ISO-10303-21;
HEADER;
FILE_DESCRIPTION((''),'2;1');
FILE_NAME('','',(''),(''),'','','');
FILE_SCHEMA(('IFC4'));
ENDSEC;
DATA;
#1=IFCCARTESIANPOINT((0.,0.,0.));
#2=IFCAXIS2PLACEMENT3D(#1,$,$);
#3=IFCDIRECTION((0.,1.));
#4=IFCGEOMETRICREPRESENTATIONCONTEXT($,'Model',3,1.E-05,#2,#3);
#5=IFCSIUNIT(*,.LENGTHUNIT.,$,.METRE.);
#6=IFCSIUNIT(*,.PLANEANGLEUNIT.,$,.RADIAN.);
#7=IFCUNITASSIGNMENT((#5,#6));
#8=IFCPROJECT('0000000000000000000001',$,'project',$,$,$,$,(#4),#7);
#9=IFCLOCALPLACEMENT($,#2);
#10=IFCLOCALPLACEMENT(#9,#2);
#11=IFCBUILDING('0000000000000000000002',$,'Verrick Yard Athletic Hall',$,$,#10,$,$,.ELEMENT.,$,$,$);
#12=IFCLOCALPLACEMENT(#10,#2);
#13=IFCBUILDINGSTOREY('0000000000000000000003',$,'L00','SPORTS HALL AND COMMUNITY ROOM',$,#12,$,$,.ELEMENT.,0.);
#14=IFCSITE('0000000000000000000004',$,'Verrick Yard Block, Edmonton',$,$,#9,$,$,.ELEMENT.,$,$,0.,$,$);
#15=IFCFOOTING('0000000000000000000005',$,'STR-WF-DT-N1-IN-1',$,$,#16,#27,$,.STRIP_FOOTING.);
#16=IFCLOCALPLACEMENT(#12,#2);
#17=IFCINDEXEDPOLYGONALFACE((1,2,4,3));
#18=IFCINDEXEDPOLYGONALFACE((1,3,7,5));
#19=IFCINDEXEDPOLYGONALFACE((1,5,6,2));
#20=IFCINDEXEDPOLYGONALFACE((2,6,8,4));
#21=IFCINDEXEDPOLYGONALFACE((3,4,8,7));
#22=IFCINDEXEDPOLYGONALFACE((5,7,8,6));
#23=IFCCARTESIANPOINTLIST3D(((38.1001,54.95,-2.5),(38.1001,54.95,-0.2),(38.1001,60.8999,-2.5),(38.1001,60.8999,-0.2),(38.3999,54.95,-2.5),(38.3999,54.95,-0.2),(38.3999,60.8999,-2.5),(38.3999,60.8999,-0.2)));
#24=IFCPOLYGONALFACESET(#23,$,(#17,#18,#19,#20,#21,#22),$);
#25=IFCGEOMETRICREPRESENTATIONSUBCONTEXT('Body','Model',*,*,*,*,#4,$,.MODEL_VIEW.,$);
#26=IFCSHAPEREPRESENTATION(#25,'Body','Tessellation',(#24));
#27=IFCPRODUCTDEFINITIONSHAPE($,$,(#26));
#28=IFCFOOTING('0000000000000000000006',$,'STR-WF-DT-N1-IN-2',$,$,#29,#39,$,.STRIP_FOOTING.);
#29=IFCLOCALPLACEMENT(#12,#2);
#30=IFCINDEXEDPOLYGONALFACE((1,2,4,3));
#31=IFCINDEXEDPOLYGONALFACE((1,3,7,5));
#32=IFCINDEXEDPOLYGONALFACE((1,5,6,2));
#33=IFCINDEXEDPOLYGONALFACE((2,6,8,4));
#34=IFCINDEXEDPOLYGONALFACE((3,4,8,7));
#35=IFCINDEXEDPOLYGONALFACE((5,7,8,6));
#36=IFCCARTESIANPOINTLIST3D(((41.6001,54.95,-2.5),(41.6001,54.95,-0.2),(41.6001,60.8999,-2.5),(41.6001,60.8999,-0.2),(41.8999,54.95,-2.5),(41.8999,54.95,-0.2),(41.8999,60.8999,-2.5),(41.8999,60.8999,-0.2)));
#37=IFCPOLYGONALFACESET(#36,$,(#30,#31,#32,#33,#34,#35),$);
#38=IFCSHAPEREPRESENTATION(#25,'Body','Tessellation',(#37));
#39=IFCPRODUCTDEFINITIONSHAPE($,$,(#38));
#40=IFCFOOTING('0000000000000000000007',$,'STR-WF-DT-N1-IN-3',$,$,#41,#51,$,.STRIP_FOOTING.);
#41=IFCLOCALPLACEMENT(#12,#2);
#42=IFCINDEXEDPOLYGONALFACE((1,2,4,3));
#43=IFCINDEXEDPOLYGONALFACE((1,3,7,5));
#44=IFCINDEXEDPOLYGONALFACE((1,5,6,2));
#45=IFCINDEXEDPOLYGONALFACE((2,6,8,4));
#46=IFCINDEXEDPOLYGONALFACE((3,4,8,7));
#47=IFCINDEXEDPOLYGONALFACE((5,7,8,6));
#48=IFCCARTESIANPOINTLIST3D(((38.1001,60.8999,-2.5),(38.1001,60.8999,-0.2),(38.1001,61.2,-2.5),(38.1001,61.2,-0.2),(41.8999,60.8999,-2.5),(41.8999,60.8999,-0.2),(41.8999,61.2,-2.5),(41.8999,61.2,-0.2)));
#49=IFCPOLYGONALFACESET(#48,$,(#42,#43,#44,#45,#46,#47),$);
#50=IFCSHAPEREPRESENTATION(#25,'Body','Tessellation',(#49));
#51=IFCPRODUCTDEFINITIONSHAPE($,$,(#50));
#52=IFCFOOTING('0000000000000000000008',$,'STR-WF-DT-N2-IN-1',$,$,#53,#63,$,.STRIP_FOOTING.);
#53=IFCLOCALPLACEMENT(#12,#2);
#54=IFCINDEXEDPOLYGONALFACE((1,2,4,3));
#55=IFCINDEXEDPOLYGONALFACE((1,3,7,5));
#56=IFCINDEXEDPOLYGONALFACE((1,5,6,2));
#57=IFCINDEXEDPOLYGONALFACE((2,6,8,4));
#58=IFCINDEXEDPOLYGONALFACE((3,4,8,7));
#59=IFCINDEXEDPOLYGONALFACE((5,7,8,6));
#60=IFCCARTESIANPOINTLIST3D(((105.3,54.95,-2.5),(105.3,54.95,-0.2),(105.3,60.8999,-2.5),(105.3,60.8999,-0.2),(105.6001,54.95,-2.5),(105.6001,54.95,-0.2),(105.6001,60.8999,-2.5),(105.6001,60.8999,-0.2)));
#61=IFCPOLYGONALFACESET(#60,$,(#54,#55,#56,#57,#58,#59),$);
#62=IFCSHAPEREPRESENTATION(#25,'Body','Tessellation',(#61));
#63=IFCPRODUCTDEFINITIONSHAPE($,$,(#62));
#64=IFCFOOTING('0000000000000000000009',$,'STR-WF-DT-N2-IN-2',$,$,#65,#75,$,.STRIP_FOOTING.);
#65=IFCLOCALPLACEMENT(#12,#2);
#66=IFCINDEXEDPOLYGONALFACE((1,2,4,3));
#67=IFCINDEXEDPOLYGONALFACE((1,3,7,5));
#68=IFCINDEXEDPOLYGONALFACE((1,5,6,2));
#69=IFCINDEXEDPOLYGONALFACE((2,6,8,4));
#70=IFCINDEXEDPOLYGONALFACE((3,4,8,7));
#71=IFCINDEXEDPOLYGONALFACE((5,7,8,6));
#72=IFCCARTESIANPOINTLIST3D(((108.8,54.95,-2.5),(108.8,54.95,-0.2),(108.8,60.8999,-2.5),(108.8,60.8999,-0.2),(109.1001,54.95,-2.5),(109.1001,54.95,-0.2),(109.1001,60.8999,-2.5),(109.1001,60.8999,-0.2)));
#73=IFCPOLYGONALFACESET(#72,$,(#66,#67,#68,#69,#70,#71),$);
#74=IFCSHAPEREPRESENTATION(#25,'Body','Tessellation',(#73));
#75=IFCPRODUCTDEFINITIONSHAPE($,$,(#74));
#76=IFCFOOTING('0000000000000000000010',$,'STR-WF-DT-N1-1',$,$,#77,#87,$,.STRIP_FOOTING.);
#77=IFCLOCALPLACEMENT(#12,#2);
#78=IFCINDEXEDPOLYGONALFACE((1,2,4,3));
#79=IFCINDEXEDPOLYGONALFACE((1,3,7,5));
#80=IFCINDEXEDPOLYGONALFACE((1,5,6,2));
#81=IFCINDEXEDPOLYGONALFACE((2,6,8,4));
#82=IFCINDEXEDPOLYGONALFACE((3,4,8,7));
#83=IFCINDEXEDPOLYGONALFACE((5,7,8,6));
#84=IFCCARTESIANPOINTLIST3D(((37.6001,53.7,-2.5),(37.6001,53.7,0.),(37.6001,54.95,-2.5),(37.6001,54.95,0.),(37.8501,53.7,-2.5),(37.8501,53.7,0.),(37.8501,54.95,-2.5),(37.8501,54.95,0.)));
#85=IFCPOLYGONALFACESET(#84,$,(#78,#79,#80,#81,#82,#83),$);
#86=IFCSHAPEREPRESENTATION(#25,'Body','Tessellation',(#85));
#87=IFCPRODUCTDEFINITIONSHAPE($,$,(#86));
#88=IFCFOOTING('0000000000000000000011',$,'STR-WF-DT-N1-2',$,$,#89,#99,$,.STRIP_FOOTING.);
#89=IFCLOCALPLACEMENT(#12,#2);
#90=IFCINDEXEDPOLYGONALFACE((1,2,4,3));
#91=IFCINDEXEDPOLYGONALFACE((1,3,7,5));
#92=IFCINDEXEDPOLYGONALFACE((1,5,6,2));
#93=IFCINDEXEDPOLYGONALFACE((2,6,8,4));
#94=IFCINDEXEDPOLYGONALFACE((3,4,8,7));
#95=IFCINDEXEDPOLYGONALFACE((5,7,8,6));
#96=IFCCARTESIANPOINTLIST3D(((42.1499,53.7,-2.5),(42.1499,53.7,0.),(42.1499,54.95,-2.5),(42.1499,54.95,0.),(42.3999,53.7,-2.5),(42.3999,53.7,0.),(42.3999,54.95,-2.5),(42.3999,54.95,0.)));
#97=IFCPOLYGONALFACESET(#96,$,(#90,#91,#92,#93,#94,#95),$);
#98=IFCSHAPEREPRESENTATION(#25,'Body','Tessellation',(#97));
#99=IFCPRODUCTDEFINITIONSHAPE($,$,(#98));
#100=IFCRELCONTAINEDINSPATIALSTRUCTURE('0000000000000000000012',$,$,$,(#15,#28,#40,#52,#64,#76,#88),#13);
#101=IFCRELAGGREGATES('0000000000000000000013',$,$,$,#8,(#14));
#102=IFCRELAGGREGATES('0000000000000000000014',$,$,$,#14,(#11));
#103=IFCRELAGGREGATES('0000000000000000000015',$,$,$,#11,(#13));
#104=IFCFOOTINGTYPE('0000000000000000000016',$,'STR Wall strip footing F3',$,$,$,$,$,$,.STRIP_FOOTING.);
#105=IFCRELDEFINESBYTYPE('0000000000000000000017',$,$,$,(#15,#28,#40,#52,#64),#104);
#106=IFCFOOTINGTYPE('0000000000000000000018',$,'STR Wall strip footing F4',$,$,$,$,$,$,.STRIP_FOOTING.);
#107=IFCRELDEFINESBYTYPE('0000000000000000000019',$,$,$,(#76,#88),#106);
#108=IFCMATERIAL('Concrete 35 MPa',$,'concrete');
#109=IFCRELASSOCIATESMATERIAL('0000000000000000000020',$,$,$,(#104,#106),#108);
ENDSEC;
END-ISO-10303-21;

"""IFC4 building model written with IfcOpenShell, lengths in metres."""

from ifc_helpers import new_model, si_unit, direction, frame, origin, origin_2d, place, context, subcontext, project, spatial, polyline, rectangle, outline, extrude, material, material_profile, profile_set, type_object, element, save


model = new_model("IFC4")

# Units and contexts
model_context = context("Model", 3, precision=1e-05, world=origin(), true_north=direction((0.0, 1.0)))
body_context = subcontext(model_context, "Body", "Model", "MODEL_VIEW")
ifc_project = project(units=[si_unit("LENGTHUNIT", "METRE"), si_unit("PLANEANGLEUNIT", "RADIAN")], contexts=[model_context])

# Site, building, storey
site_placement = place(None, origin())
site = spatial("IfcSite", under=ifc_project, at=site_placement, Name="Verrick Yard Block, Edmonton", CompositionType="ELEMENT", RefElevation=0.0)
building_placement = place(site_placement, origin())
building = spatial("IfcBuilding", under=site, at=building_placement, Name="Verrick Yard Athletic Hall", CompositionType="ELEMENT")
storey_placement = place(building_placement, origin())
storey = spatial("IfcBuildingStorey", under=building, at=storey_placement, Name="L00", Description="SPORTS HALL AND COMMUNITY ROOM", CompositionType="ELEMENT", Elevation=0.0)

# Footings
ifc_material = material(Name="Concrete 35 MPa", Category="concrete")
ifc_material_profile_1 = material_profile(ifc_material, rectangle(XDim=0.3, YDim=2.3, at=origin_2d()), Name="STR Wall strip footing F3")
ifc_profile_set_1 = profile_set([ifc_material_profile_1], Name="Concrete 35 MPa")
footing_type_1 = type_object("IfcFootingType", Name="STR Wall strip footing F3", PredefinedType="STRIP_FOOTING", material=ifc_profile_set_1)
footing_1_placement = place(storey_placement, frame((0.0, 0.0, -2.5)))
element("IfcFooting", 1, at=footing_1_placement, inside=storey, type_object=footing_type_1, Name="STR-WF-DT-N1-IN-1", PredefinedType="STRIP_FOOTING", context=body_context, shape_type="SweptSolid", body=[
    extrude(outline(polyline([(38.1001, 54.95), (38.3999, 54.95), (38.3999, 60.8999), (38.1001, 60.8999), (38.1001, 54.95)])), origin(), (0.0, 0.0, 1.0), 2.3),
])
footing_2_placement = place(storey_placement, frame((0.0, 0.0, -2.5)))
element("IfcFooting", 2, at=footing_2_placement, inside=storey, type_object=footing_type_1, Name="STR-WF-DT-N1-IN-2", PredefinedType="STRIP_FOOTING", context=body_context, shape_type="SweptSolid", body=[
    extrude(outline(polyline([(41.6001, 54.95), (41.8999, 54.95), (41.8999, 60.8999), (41.6001, 60.8999), (41.6001, 54.95)])), origin(), (0.0, 0.0, 1.0), 2.3),
])
footing_3_placement = place(storey_placement, frame((0.0, 0.0, -2.5)))
element("IfcFooting", 3, at=footing_3_placement, inside=storey, type_object=footing_type_1, Name="STR-WF-DT-N1-IN-3", PredefinedType="STRIP_FOOTING", context=body_context, shape_type="SweptSolid", body=[
    extrude(outline(polyline([(38.1001, 60.8999), (41.8999, 60.8999), (41.8999, 61.2), (38.1001, 61.2), (38.1001, 60.8999)])), origin(), (0.0, 0.0, 1.0), 2.3),
])
footing_4_placement = place(storey_placement, frame((0.0, 0.0, -2.5)))
element("IfcFooting", 4, at=footing_4_placement, inside=storey, type_object=footing_type_1, Name="STR-WF-DT-N2-IN-1", PredefinedType="STRIP_FOOTING", context=body_context, shape_type="SweptSolid", body=[
    extrude(outline(polyline([(105.3, 54.95), (105.6001, 54.95), (105.6001, 60.8999), (105.3, 60.8999), (105.3, 54.95)])), origin(), (0.0, 0.0, 1.0), 2.3),
])
footing_5_placement = place(storey_placement, frame((0.0, 0.0, -2.5)))
element("IfcFooting", 5, at=footing_5_placement, inside=storey, type_object=footing_type_1, Name="STR-WF-DT-N2-IN-2", PredefinedType="STRIP_FOOTING", context=body_context, shape_type="SweptSolid", body=[
    extrude(outline(polyline([(108.8, 54.95), (109.1001, 54.95), (109.1001, 60.8999), (108.8, 60.8999), (108.8, 54.95)])), origin(), (0.0, 0.0, 1.0), 2.3),
])
ifc_material_profile_2 = material_profile(ifc_material, rectangle(XDim=0.25, YDim=2.5, at=origin_2d()), Name="STR Wall strip footing F4")
ifc_profile_set_2 = profile_set([ifc_material_profile_2], Name="Concrete 35 MPa")
footing_type_2 = type_object("IfcFootingType", Name="STR Wall strip footing F4", PredefinedType="STRIP_FOOTING", material=ifc_profile_set_2)
footing_6_placement = place(storey_placement, frame((0.0, 0.0, -2.5)))
element("IfcFooting", 6, at=footing_6_placement, inside=storey, type_object=footing_type_2, Name="STR-WF-DT-N1-1", PredefinedType="STRIP_FOOTING", context=body_context, shape_type="SweptSolid", body=[
    extrude(outline(polyline([(37.6001, 53.7), (37.8501, 53.7), (37.8501, 54.95), (37.6001, 54.95), (37.6001, 53.7)])), origin(), (0.0, 0.0, 1.0), 2.5),
])
footing_7_placement = place(storey_placement, frame((0.0, 0.0, -2.5)))
element("IfcFooting", 7, at=footing_7_placement, inside=storey, type_object=footing_type_2, Name="STR-WF-DT-N1-2", PredefinedType="STRIP_FOOTING", context=body_context, shape_type="SweptSolid", body=[
    extrude(outline(polyline([(42.1499, 53.7), (42.3999, 53.7), (42.3999, 54.95), (42.1499, 54.95), (42.1499, 53.7)])), origin(), (0.0, 0.0, 1.0), 2.5),
])

save(model, "model.ifc")
